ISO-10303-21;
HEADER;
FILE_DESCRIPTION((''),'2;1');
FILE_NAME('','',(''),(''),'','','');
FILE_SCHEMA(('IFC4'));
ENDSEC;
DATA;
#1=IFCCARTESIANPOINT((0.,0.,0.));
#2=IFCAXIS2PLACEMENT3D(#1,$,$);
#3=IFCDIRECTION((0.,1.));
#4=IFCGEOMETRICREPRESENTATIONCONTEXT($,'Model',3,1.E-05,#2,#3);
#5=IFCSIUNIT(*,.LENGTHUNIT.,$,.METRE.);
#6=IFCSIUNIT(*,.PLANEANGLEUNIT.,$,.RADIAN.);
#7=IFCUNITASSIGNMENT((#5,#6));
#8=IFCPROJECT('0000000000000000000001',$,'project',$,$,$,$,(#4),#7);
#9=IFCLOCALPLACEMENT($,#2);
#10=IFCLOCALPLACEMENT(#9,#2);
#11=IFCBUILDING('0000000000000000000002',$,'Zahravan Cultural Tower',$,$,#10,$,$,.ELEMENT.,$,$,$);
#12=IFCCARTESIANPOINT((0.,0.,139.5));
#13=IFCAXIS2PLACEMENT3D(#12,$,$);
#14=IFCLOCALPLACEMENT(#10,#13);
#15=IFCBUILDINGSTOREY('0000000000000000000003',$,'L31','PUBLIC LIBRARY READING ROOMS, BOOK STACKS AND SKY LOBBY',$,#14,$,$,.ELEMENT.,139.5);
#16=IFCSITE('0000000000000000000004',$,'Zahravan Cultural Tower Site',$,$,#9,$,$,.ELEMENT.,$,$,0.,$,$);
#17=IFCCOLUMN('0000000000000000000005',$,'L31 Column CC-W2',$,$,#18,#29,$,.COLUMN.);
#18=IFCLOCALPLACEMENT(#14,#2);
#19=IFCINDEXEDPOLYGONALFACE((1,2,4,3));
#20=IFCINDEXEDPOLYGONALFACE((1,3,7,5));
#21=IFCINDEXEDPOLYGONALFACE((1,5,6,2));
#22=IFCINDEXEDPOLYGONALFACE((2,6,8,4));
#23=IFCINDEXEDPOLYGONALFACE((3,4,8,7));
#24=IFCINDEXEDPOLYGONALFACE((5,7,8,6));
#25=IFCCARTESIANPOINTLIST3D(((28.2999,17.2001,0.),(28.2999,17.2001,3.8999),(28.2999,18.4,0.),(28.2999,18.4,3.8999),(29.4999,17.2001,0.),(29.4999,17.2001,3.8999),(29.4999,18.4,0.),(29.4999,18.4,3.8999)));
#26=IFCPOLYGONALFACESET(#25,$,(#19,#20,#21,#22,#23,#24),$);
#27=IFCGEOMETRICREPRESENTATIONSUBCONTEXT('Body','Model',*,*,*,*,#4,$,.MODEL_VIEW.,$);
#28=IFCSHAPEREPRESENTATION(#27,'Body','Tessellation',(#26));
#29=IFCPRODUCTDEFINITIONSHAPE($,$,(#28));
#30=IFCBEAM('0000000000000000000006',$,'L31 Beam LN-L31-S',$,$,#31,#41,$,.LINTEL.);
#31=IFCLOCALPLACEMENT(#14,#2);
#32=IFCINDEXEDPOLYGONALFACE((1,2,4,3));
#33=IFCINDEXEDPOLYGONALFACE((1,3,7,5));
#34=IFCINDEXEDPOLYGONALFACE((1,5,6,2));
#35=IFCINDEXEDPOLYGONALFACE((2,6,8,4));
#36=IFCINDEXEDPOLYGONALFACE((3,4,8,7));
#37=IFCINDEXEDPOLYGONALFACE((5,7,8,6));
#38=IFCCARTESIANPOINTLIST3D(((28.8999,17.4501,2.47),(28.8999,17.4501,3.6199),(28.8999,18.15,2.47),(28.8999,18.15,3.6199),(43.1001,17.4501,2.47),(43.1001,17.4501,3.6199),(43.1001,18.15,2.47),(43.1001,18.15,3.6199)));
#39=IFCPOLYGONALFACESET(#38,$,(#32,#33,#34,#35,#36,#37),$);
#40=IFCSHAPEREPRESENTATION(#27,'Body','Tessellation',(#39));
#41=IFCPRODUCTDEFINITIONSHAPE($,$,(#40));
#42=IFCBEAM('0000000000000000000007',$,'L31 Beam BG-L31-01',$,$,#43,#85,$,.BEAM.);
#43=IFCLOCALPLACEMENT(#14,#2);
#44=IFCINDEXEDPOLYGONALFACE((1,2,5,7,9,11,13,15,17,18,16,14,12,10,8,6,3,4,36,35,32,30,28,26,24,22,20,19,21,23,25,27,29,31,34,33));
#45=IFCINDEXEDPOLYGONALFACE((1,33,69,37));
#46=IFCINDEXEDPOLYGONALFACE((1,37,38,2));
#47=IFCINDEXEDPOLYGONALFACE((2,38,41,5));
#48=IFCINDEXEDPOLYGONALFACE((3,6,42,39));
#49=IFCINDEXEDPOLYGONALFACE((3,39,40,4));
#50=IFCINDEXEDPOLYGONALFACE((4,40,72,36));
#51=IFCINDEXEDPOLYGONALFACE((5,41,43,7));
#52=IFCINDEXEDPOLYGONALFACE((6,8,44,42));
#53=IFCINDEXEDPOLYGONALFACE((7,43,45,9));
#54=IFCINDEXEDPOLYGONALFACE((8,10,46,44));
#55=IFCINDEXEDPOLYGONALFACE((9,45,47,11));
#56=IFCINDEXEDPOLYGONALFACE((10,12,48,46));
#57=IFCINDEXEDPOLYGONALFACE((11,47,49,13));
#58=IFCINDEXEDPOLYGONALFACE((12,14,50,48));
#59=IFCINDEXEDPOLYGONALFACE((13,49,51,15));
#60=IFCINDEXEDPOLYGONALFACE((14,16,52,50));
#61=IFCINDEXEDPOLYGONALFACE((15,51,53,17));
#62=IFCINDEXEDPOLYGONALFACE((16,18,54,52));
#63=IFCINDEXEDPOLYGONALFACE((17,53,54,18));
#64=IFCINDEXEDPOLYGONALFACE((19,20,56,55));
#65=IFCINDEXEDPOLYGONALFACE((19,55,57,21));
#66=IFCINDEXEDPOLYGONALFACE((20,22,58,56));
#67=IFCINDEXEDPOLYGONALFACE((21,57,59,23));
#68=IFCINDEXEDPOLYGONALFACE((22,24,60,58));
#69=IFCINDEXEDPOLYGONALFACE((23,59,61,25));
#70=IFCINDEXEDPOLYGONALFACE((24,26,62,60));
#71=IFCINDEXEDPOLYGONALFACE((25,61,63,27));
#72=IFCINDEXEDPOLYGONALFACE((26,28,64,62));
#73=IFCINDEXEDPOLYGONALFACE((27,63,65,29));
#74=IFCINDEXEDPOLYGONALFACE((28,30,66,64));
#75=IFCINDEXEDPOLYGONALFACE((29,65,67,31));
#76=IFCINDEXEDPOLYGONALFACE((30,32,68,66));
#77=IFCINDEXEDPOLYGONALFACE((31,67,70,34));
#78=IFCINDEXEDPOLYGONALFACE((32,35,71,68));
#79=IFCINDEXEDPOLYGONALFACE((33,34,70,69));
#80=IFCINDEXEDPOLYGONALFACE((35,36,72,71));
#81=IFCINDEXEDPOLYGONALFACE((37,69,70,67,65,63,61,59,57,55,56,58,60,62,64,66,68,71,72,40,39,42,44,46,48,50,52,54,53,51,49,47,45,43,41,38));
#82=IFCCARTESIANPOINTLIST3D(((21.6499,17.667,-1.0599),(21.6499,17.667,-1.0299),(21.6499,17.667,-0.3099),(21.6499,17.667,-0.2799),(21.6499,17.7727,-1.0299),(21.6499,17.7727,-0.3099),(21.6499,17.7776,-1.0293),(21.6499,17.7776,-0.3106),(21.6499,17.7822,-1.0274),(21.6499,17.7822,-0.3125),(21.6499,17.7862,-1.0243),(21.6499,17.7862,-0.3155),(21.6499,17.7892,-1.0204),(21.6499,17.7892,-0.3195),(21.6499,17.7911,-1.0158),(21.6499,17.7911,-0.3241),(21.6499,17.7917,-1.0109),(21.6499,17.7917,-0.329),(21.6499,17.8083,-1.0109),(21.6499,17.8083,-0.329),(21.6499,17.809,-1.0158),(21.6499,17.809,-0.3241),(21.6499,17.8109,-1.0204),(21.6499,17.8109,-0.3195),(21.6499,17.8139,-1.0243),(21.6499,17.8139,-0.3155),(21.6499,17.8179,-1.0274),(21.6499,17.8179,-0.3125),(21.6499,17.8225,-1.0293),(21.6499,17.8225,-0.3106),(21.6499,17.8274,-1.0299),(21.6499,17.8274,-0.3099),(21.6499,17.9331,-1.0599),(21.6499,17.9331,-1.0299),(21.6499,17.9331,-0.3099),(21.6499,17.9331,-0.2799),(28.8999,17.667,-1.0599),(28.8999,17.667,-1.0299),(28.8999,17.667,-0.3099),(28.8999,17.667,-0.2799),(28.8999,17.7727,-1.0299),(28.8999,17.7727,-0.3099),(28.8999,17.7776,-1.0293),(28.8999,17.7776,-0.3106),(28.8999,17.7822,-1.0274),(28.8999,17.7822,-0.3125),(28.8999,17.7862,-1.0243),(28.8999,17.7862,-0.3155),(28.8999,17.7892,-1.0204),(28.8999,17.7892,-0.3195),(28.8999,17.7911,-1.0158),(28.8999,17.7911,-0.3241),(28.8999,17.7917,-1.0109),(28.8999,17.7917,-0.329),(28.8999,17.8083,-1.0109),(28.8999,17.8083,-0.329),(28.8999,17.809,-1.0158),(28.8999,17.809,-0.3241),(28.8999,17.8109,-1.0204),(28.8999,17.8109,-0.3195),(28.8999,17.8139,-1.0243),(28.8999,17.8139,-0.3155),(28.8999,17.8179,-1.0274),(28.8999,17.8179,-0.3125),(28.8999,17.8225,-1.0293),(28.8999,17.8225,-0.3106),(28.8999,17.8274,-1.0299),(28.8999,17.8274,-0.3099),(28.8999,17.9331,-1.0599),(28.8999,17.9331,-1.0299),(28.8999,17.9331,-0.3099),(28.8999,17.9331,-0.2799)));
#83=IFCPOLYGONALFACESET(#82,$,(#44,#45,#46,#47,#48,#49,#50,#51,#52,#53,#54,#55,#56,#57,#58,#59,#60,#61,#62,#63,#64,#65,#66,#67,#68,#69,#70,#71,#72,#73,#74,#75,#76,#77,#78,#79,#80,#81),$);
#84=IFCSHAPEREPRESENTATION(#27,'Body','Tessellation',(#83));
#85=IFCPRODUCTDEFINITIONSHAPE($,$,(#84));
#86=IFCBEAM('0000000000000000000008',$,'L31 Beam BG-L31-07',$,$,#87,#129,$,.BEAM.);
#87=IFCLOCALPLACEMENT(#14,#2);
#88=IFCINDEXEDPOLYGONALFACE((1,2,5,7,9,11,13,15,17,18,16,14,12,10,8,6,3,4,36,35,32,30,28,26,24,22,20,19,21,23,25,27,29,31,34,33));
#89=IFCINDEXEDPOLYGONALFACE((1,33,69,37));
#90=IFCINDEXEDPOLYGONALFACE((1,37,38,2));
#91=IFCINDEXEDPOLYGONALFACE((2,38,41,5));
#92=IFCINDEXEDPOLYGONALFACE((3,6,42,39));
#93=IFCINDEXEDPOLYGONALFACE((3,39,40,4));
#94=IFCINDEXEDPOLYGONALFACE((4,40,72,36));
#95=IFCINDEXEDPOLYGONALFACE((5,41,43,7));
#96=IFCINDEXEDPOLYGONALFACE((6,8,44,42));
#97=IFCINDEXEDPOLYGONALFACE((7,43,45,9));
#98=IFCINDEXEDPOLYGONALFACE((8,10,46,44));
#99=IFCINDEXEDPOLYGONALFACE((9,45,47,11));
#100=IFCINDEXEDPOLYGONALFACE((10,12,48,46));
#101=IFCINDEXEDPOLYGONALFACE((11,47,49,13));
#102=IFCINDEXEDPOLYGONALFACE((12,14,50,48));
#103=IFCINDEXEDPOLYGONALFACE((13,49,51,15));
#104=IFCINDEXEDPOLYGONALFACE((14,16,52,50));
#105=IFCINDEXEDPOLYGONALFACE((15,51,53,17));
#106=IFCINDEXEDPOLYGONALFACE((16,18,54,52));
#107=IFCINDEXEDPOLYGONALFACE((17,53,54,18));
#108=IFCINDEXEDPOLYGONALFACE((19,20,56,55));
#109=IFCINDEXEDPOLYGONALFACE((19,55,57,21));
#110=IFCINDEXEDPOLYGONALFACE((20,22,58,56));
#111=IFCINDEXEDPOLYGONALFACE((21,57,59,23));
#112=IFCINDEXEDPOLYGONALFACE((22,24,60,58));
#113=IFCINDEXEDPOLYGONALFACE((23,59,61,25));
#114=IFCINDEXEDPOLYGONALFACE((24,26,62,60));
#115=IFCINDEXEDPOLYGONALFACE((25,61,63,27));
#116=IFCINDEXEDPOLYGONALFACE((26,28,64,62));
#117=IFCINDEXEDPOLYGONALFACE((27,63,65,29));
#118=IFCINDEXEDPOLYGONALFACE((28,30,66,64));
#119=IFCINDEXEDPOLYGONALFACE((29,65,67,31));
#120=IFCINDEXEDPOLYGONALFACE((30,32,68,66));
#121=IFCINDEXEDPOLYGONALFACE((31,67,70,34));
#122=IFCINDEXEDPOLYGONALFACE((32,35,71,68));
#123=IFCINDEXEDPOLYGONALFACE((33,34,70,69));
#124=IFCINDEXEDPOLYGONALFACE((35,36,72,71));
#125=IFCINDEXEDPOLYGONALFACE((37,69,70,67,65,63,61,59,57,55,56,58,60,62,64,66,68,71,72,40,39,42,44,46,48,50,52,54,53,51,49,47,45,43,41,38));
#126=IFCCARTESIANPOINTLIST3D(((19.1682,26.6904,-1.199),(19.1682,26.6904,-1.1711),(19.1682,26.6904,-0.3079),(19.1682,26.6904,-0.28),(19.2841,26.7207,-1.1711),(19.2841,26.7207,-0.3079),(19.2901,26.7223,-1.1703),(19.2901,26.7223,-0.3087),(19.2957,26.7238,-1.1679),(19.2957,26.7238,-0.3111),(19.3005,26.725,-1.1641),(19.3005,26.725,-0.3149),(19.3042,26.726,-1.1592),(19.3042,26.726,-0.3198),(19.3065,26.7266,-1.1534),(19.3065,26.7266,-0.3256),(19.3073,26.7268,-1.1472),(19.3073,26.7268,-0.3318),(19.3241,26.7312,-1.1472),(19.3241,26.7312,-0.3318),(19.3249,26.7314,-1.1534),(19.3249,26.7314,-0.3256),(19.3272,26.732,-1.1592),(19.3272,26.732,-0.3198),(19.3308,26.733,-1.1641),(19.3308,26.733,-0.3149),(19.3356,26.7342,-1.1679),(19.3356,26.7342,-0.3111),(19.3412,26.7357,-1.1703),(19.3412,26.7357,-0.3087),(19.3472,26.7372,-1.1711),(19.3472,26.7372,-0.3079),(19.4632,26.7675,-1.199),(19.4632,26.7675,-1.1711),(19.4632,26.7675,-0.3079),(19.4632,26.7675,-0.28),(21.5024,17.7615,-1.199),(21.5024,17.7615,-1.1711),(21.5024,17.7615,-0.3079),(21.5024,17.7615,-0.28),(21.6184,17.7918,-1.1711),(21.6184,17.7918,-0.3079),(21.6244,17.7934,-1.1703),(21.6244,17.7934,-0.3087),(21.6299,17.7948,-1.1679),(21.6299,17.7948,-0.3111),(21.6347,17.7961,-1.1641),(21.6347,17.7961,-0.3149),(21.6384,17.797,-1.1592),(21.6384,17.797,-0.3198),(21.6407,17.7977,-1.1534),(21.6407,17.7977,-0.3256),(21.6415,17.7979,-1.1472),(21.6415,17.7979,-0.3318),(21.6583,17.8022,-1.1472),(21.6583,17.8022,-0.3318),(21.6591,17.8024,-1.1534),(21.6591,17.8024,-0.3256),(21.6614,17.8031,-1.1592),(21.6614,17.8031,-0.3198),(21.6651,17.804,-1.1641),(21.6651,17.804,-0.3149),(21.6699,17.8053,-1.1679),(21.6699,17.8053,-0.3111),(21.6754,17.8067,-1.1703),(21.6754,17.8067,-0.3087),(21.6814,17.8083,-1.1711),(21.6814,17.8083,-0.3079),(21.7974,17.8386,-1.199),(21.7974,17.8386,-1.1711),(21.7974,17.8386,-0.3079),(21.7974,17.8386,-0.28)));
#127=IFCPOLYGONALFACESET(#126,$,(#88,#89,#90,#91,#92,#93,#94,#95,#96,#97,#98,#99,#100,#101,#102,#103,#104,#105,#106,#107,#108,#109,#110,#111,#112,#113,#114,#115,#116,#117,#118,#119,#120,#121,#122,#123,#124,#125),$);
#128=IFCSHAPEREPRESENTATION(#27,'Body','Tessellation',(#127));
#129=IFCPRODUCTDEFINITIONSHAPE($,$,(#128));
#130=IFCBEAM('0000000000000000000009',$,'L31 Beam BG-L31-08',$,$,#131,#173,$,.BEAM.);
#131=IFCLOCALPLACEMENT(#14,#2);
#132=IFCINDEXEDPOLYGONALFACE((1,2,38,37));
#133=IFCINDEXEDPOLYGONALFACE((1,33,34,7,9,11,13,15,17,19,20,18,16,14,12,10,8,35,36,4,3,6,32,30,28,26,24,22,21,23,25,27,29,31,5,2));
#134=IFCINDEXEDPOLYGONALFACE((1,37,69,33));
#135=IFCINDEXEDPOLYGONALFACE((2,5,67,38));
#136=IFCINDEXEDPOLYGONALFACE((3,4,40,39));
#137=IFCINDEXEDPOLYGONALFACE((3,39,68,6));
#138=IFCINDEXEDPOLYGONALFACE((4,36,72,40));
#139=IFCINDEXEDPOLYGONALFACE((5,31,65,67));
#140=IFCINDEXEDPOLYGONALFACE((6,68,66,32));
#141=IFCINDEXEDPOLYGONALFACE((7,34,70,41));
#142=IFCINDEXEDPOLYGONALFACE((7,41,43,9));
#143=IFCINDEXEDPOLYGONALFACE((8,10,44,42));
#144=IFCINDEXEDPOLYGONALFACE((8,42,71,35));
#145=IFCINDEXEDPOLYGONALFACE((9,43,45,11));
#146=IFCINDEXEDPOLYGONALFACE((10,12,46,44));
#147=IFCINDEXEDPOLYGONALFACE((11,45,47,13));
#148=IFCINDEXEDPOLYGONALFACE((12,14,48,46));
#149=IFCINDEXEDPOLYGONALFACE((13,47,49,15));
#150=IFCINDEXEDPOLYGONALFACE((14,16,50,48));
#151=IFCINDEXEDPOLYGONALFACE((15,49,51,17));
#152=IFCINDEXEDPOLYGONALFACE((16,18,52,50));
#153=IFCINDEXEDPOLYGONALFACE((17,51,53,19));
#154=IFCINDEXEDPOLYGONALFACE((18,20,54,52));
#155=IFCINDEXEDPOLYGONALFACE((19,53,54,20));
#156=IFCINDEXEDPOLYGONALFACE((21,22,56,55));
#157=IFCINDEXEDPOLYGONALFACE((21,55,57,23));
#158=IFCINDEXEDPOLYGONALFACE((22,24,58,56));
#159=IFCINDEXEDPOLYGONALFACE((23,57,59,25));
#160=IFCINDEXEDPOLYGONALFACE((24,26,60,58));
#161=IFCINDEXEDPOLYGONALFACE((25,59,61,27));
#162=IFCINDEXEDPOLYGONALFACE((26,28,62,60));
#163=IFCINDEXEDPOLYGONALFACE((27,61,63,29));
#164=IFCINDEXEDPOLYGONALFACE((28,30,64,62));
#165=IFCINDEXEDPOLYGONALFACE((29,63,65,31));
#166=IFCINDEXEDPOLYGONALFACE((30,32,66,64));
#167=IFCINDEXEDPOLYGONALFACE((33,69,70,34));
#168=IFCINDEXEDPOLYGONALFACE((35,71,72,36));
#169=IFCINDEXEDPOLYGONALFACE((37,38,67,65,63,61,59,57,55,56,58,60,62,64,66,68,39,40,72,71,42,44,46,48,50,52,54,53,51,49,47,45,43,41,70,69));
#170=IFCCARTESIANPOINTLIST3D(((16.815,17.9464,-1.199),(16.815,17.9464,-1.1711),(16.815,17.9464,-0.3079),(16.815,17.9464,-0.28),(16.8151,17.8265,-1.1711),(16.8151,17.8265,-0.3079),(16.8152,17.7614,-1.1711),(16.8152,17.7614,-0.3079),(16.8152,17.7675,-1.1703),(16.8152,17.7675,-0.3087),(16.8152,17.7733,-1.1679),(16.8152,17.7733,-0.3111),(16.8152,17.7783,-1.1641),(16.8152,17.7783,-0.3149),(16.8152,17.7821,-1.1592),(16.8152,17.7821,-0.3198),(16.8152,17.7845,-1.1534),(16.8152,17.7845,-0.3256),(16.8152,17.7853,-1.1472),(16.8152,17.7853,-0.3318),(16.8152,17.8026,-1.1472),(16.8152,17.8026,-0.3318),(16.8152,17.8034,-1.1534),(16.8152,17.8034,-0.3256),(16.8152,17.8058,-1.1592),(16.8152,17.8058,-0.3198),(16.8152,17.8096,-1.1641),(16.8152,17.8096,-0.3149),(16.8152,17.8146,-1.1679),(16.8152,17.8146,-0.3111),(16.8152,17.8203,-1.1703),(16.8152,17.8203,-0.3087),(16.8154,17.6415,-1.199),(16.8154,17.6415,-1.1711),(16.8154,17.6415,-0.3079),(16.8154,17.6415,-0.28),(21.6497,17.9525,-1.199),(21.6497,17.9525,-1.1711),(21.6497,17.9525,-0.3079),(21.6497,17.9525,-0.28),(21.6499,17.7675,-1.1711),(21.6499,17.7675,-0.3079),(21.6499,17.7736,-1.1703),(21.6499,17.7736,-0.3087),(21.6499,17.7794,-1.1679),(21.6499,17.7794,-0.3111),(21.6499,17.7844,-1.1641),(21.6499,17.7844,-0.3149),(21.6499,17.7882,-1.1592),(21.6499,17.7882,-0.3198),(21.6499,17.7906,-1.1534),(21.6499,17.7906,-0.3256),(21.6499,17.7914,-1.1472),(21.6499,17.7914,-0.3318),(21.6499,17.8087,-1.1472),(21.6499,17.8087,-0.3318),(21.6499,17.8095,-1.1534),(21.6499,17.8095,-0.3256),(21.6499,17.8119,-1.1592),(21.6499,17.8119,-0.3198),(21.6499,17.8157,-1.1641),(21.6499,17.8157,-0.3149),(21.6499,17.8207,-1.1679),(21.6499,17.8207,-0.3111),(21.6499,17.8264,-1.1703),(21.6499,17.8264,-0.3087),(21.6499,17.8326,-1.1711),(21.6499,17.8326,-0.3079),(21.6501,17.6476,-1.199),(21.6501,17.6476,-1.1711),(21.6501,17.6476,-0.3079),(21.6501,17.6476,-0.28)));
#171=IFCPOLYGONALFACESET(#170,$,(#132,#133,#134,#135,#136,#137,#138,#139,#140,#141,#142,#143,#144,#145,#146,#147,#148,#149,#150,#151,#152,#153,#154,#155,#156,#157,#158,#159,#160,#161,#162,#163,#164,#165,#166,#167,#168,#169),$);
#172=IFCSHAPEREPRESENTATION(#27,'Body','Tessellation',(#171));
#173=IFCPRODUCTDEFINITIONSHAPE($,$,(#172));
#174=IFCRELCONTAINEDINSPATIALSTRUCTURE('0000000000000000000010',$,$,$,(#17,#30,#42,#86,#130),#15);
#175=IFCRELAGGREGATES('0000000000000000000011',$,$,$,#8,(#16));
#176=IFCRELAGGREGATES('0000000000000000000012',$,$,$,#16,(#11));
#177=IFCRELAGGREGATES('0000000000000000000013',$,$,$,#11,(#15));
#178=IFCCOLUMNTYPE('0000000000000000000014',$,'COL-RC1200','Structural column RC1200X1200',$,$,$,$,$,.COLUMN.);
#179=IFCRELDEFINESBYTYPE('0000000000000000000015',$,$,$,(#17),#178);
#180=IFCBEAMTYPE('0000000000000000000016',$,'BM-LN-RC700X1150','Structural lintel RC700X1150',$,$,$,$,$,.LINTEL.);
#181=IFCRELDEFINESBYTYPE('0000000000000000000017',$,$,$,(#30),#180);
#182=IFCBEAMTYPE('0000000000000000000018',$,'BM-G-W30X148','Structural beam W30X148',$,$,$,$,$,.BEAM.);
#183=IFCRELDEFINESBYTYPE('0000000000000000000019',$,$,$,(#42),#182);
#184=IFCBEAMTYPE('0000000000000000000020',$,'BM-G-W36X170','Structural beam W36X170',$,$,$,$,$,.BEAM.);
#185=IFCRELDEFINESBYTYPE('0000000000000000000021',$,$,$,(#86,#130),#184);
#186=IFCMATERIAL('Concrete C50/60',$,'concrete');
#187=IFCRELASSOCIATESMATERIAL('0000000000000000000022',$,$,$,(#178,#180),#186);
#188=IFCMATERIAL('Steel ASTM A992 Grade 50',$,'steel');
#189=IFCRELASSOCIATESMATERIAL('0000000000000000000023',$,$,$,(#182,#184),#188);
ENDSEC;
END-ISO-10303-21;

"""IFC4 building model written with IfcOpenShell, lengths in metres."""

from ifc_helpers import new_model, si_unit, direction, frame, origin, origin_2d, place, context, subcontext, project, spatial, rectangle, i_section, extrude, source, transform, mapped, material, material_profile, profile_set, type_object, element, save


model = new_model("IFC4")

# Units and contexts
model_context = context("Model", 3, precision=1e-05, world=origin(), true_north=direction((0.0, 1.0)))
body_context = subcontext(model_context, "Body", "Model", "MODEL_VIEW")
ifc_project = project(units=[si_unit("LENGTHUNIT", "METRE"), si_unit("PLANEANGLEUNIT", "RADIAN")], contexts=[model_context])

# Site, building, storey
site_placement = place(None, origin())
site = spatial("IfcSite", under=ifc_project, at=site_placement, Name="Zahravan Cultural Tower Site", CompositionType="ELEMENT", RefElevation=0.0)
building_placement = place(site_placement, origin())
building = spatial("IfcBuilding", under=site, at=building_placement, Name="Zahravan Cultural Tower", CompositionType="ELEMENT")
storey_placement = place(building_placement, frame((0.0, 0.0, 139.5)))
storey = spatial("IfcBuildingStorey", under=building, at=storey_placement, Name="L31", Description="PUBLIC LIBRARY READING ROOMS, BOOK STACKS AND SKY LOBBY", CompositionType="ELEMENT", Elevation=139.5)

# Column
ifc_material_1 = material(Name="Concrete C50/60", Category="concrete")
ifc_material_profile_1 = material_profile(ifc_material_1, rectangle(XDim=1.2, YDim=1.2, at=origin_2d()), Name="RC1200X1200")
ifc_profile_set_1 = profile_set([ifc_material_profile_1], Name="Concrete C50/60")
column_type = type_object("IfcColumnType", Name="COL-RC1200", Description="Structural column RC1200X1200", PredefinedType="COLUMN", material=ifc_profile_set_1)
shared_shape_1 = source(origin(), body_context, "Body", "SweptSolid", [
    extrude(rectangle(XDim=1.2, YDim=1.2, at=origin_2d()), origin(), (0.0, 0.0, 1.0), 3.8999),
])
column_placement = place(storey_placement, frame((28.8999, 17.8, 0.0), z_axis=(0.0, 0.0, 1.0), x_axis=(1.0, 0.0, 0.0)))
element("IfcColumn", 1, at=column_placement, inside=storey, type_object=column_type, Name="L31 Column CC-W2", PredefinedType="COLUMN", context=body_context, shape_type="MappedRepresentation", body=[
    mapped(shared_shape_1, transform((0.0, 0.0, 0.0), x_axis=(1.0, 0.0, 0.0), y_axis=(0.0, 1.0, 0.0), z_axis=(0.0, 0.0, 1.0), scale=1.0)),
])

# Beams
ifc_material_profile_2 = material_profile(ifc_material_1, rectangle(XDim=0.7, YDim=1.1499, at=origin_2d()), Name="RC700X1150")
ifc_profile_set_2 = profile_set([ifc_material_profile_2], Name="Concrete C50/60")
beam_type_1 = type_object("IfcBeamType", Name="BM-LN-RC700X1150", Description="Structural lintel RC700X1150", PredefinedType="LINTEL", material=ifc_profile_set_2)
shared_shape_2 = source(origin(), body_context, "Body", "SweptSolid", [
    extrude(rectangle(XDim=0.7, YDim=1.1499, at=origin_2d()), origin(), (0.0, 0.0, 1.0), 14.2002),
])
beam_1_placement = place(storey_placement, frame((28.8999, 17.8, 3.0449), z_axis=(1.0, 0.0, 0.0), x_axis=(0.0, 1.0, 0.0)))
element("IfcBeam", 2, at=beam_1_placement, inside=storey, type_object=beam_type_1, Name="L31 Beam LN-L31-S", PredefinedType="LINTEL", context=body_context, shape_type="MappedRepresentation", body=[
    mapped(shared_shape_2, transform((0.0, 0.0, 0.0), x_axis=(1.0, 0.0, 0.0), y_axis=(0.0, 1.0, 0.0), z_axis=(0.0, 0.0, 1.0), scale=1.0)),
])
ifc_material_2 = material(Name="Steel ASTM A992 Grade 50", Category="steel")
ifc_material_profile_3 = material_profile(ifc_material_2, i_section(OverallWidth=0.2661, OverallDepth=0.78, WebThickness=0.0166, FlangeThickness=0.03, FilletRadius=0.019, at=origin_2d()), Name="W30X148")
ifc_profile_set_3 = profile_set([ifc_material_profile_3], Name="Steel ASTM A992 Grade 50")
beam_type_2 = type_object("IfcBeamType", Name="BM-G-W30X148", Description="Structural beam W30X148", PredefinedType="BEAM", material=ifc_profile_set_3)
shared_shape_3 = source(origin(), body_context, "Body", "SweptSolid", [
    extrude(i_section(OverallWidth=0.2661, OverallDepth=0.78, WebThickness=0.0166, FlangeThickness=0.03, FilletRadius=0.019, at=origin_2d()), origin(), (0.0, 0.0, 1.0), 7.25),
])
beam_2_placement = place(storey_placement, frame((21.6499, 17.8, -0.6699), z_axis=(1.0, 0.0, 0.0), x_axis=(0.0, 1.0, 0.0)))
element("IfcBeam", 3, at=beam_2_placement, inside=storey, type_object=beam_type_2, Name="L31 Beam BG-L31-01", PredefinedType="BEAM", context=body_context, shape_type="MappedRepresentation", body=[
    mapped(shared_shape_3, transform((0.0, 0.0, 0.0), x_axis=(1.0, 0.0, 0.0), y_axis=(0.0, 1.0, 0.0), z_axis=(0.0, 0.0, 1.0), scale=1.0)),
])
ifc_material_profile_4 = material_profile(ifc_material_2, i_section(OverallWidth=0.3049, OverallDepth=0.9189, WebThickness=0.0173, FlangeThickness=0.0278, FilletRadius=0.0239, at=origin_2d()), Name="W36X170")
ifc_profile_set_4 = profile_set([ifc_material_profile_4], Name="Steel ASTM A992 Grade 50")
beam_type_3 = type_object("IfcBeamType", Name="BM-G-W36X170", Description="Structural beam W36X170", PredefinedType="BEAM", material=ifc_profile_set_4)
shared_shape_4 = source(origin(), body_context, "Body", "SweptSolid", [
    extrude(i_section(OverallWidth=0.3049, OverallDepth=0.9189, WebThickness=0.0173, FlangeThickness=0.0278, FilletRadius=0.0239, at=origin_2d()), origin(), (0.0, 0.0, 1.0), 9.229),
])
beam_3_placement = place(storey_placement, frame((21.6499, 17.8, -0.7395), z_axis=(-0.252923, 0.967487, 0.0), x_axis=(-0.967487, -0.252923, 0.0)))
element("IfcBeam", 4, at=beam_3_placement, inside=storey, type_object=beam_type_3, Name="L31 Beam BG-L31-07", PredefinedType="BEAM", context=body_context, shape_type="MappedRepresentation", body=[
    mapped(shared_shape_4, transform((0.0, 0.0, 0.0), x_axis=(1.0, 0.0, 0.0), y_axis=(0.0, 1.0, 0.0), z_axis=(0.0, 0.0, 1.0), scale=1.0)),
])
shared_shape_5 = source(origin(), body_context, "Body", "SweptSolid", [
    extrude(i_section(OverallWidth=0.3049, OverallDepth=0.9189, WebThickness=0.0173, FlangeThickness=0.0278, FilletRadius=0.0239, at=origin_2d()), origin(), (0.0, 0.0, 1.0), 4.8347),
])
beam_4_placement = place(storey_placement, frame((21.6499, 17.8, -0.7395), z_axis=(-0.999999, -0.001262, 0.0), x_axis=(0.001262, -0.999999, 0.0)))
element("IfcBeam", 5, at=beam_4_placement, inside=storey, type_object=beam_type_3, Name="L31 Beam BG-L31-08", PredefinedType="BEAM", context=body_context, shape_type="MappedRepresentation", body=[
    mapped(shared_shape_5, transform((0.0, 0.0, 0.0), x_axis=(1.0, 0.0, 0.0), y_axis=(0.0, 1.0, 0.0), z_axis=(0.0, 0.0, 1.0), scale=1.0)),
])

save(model, "model.ifc")
